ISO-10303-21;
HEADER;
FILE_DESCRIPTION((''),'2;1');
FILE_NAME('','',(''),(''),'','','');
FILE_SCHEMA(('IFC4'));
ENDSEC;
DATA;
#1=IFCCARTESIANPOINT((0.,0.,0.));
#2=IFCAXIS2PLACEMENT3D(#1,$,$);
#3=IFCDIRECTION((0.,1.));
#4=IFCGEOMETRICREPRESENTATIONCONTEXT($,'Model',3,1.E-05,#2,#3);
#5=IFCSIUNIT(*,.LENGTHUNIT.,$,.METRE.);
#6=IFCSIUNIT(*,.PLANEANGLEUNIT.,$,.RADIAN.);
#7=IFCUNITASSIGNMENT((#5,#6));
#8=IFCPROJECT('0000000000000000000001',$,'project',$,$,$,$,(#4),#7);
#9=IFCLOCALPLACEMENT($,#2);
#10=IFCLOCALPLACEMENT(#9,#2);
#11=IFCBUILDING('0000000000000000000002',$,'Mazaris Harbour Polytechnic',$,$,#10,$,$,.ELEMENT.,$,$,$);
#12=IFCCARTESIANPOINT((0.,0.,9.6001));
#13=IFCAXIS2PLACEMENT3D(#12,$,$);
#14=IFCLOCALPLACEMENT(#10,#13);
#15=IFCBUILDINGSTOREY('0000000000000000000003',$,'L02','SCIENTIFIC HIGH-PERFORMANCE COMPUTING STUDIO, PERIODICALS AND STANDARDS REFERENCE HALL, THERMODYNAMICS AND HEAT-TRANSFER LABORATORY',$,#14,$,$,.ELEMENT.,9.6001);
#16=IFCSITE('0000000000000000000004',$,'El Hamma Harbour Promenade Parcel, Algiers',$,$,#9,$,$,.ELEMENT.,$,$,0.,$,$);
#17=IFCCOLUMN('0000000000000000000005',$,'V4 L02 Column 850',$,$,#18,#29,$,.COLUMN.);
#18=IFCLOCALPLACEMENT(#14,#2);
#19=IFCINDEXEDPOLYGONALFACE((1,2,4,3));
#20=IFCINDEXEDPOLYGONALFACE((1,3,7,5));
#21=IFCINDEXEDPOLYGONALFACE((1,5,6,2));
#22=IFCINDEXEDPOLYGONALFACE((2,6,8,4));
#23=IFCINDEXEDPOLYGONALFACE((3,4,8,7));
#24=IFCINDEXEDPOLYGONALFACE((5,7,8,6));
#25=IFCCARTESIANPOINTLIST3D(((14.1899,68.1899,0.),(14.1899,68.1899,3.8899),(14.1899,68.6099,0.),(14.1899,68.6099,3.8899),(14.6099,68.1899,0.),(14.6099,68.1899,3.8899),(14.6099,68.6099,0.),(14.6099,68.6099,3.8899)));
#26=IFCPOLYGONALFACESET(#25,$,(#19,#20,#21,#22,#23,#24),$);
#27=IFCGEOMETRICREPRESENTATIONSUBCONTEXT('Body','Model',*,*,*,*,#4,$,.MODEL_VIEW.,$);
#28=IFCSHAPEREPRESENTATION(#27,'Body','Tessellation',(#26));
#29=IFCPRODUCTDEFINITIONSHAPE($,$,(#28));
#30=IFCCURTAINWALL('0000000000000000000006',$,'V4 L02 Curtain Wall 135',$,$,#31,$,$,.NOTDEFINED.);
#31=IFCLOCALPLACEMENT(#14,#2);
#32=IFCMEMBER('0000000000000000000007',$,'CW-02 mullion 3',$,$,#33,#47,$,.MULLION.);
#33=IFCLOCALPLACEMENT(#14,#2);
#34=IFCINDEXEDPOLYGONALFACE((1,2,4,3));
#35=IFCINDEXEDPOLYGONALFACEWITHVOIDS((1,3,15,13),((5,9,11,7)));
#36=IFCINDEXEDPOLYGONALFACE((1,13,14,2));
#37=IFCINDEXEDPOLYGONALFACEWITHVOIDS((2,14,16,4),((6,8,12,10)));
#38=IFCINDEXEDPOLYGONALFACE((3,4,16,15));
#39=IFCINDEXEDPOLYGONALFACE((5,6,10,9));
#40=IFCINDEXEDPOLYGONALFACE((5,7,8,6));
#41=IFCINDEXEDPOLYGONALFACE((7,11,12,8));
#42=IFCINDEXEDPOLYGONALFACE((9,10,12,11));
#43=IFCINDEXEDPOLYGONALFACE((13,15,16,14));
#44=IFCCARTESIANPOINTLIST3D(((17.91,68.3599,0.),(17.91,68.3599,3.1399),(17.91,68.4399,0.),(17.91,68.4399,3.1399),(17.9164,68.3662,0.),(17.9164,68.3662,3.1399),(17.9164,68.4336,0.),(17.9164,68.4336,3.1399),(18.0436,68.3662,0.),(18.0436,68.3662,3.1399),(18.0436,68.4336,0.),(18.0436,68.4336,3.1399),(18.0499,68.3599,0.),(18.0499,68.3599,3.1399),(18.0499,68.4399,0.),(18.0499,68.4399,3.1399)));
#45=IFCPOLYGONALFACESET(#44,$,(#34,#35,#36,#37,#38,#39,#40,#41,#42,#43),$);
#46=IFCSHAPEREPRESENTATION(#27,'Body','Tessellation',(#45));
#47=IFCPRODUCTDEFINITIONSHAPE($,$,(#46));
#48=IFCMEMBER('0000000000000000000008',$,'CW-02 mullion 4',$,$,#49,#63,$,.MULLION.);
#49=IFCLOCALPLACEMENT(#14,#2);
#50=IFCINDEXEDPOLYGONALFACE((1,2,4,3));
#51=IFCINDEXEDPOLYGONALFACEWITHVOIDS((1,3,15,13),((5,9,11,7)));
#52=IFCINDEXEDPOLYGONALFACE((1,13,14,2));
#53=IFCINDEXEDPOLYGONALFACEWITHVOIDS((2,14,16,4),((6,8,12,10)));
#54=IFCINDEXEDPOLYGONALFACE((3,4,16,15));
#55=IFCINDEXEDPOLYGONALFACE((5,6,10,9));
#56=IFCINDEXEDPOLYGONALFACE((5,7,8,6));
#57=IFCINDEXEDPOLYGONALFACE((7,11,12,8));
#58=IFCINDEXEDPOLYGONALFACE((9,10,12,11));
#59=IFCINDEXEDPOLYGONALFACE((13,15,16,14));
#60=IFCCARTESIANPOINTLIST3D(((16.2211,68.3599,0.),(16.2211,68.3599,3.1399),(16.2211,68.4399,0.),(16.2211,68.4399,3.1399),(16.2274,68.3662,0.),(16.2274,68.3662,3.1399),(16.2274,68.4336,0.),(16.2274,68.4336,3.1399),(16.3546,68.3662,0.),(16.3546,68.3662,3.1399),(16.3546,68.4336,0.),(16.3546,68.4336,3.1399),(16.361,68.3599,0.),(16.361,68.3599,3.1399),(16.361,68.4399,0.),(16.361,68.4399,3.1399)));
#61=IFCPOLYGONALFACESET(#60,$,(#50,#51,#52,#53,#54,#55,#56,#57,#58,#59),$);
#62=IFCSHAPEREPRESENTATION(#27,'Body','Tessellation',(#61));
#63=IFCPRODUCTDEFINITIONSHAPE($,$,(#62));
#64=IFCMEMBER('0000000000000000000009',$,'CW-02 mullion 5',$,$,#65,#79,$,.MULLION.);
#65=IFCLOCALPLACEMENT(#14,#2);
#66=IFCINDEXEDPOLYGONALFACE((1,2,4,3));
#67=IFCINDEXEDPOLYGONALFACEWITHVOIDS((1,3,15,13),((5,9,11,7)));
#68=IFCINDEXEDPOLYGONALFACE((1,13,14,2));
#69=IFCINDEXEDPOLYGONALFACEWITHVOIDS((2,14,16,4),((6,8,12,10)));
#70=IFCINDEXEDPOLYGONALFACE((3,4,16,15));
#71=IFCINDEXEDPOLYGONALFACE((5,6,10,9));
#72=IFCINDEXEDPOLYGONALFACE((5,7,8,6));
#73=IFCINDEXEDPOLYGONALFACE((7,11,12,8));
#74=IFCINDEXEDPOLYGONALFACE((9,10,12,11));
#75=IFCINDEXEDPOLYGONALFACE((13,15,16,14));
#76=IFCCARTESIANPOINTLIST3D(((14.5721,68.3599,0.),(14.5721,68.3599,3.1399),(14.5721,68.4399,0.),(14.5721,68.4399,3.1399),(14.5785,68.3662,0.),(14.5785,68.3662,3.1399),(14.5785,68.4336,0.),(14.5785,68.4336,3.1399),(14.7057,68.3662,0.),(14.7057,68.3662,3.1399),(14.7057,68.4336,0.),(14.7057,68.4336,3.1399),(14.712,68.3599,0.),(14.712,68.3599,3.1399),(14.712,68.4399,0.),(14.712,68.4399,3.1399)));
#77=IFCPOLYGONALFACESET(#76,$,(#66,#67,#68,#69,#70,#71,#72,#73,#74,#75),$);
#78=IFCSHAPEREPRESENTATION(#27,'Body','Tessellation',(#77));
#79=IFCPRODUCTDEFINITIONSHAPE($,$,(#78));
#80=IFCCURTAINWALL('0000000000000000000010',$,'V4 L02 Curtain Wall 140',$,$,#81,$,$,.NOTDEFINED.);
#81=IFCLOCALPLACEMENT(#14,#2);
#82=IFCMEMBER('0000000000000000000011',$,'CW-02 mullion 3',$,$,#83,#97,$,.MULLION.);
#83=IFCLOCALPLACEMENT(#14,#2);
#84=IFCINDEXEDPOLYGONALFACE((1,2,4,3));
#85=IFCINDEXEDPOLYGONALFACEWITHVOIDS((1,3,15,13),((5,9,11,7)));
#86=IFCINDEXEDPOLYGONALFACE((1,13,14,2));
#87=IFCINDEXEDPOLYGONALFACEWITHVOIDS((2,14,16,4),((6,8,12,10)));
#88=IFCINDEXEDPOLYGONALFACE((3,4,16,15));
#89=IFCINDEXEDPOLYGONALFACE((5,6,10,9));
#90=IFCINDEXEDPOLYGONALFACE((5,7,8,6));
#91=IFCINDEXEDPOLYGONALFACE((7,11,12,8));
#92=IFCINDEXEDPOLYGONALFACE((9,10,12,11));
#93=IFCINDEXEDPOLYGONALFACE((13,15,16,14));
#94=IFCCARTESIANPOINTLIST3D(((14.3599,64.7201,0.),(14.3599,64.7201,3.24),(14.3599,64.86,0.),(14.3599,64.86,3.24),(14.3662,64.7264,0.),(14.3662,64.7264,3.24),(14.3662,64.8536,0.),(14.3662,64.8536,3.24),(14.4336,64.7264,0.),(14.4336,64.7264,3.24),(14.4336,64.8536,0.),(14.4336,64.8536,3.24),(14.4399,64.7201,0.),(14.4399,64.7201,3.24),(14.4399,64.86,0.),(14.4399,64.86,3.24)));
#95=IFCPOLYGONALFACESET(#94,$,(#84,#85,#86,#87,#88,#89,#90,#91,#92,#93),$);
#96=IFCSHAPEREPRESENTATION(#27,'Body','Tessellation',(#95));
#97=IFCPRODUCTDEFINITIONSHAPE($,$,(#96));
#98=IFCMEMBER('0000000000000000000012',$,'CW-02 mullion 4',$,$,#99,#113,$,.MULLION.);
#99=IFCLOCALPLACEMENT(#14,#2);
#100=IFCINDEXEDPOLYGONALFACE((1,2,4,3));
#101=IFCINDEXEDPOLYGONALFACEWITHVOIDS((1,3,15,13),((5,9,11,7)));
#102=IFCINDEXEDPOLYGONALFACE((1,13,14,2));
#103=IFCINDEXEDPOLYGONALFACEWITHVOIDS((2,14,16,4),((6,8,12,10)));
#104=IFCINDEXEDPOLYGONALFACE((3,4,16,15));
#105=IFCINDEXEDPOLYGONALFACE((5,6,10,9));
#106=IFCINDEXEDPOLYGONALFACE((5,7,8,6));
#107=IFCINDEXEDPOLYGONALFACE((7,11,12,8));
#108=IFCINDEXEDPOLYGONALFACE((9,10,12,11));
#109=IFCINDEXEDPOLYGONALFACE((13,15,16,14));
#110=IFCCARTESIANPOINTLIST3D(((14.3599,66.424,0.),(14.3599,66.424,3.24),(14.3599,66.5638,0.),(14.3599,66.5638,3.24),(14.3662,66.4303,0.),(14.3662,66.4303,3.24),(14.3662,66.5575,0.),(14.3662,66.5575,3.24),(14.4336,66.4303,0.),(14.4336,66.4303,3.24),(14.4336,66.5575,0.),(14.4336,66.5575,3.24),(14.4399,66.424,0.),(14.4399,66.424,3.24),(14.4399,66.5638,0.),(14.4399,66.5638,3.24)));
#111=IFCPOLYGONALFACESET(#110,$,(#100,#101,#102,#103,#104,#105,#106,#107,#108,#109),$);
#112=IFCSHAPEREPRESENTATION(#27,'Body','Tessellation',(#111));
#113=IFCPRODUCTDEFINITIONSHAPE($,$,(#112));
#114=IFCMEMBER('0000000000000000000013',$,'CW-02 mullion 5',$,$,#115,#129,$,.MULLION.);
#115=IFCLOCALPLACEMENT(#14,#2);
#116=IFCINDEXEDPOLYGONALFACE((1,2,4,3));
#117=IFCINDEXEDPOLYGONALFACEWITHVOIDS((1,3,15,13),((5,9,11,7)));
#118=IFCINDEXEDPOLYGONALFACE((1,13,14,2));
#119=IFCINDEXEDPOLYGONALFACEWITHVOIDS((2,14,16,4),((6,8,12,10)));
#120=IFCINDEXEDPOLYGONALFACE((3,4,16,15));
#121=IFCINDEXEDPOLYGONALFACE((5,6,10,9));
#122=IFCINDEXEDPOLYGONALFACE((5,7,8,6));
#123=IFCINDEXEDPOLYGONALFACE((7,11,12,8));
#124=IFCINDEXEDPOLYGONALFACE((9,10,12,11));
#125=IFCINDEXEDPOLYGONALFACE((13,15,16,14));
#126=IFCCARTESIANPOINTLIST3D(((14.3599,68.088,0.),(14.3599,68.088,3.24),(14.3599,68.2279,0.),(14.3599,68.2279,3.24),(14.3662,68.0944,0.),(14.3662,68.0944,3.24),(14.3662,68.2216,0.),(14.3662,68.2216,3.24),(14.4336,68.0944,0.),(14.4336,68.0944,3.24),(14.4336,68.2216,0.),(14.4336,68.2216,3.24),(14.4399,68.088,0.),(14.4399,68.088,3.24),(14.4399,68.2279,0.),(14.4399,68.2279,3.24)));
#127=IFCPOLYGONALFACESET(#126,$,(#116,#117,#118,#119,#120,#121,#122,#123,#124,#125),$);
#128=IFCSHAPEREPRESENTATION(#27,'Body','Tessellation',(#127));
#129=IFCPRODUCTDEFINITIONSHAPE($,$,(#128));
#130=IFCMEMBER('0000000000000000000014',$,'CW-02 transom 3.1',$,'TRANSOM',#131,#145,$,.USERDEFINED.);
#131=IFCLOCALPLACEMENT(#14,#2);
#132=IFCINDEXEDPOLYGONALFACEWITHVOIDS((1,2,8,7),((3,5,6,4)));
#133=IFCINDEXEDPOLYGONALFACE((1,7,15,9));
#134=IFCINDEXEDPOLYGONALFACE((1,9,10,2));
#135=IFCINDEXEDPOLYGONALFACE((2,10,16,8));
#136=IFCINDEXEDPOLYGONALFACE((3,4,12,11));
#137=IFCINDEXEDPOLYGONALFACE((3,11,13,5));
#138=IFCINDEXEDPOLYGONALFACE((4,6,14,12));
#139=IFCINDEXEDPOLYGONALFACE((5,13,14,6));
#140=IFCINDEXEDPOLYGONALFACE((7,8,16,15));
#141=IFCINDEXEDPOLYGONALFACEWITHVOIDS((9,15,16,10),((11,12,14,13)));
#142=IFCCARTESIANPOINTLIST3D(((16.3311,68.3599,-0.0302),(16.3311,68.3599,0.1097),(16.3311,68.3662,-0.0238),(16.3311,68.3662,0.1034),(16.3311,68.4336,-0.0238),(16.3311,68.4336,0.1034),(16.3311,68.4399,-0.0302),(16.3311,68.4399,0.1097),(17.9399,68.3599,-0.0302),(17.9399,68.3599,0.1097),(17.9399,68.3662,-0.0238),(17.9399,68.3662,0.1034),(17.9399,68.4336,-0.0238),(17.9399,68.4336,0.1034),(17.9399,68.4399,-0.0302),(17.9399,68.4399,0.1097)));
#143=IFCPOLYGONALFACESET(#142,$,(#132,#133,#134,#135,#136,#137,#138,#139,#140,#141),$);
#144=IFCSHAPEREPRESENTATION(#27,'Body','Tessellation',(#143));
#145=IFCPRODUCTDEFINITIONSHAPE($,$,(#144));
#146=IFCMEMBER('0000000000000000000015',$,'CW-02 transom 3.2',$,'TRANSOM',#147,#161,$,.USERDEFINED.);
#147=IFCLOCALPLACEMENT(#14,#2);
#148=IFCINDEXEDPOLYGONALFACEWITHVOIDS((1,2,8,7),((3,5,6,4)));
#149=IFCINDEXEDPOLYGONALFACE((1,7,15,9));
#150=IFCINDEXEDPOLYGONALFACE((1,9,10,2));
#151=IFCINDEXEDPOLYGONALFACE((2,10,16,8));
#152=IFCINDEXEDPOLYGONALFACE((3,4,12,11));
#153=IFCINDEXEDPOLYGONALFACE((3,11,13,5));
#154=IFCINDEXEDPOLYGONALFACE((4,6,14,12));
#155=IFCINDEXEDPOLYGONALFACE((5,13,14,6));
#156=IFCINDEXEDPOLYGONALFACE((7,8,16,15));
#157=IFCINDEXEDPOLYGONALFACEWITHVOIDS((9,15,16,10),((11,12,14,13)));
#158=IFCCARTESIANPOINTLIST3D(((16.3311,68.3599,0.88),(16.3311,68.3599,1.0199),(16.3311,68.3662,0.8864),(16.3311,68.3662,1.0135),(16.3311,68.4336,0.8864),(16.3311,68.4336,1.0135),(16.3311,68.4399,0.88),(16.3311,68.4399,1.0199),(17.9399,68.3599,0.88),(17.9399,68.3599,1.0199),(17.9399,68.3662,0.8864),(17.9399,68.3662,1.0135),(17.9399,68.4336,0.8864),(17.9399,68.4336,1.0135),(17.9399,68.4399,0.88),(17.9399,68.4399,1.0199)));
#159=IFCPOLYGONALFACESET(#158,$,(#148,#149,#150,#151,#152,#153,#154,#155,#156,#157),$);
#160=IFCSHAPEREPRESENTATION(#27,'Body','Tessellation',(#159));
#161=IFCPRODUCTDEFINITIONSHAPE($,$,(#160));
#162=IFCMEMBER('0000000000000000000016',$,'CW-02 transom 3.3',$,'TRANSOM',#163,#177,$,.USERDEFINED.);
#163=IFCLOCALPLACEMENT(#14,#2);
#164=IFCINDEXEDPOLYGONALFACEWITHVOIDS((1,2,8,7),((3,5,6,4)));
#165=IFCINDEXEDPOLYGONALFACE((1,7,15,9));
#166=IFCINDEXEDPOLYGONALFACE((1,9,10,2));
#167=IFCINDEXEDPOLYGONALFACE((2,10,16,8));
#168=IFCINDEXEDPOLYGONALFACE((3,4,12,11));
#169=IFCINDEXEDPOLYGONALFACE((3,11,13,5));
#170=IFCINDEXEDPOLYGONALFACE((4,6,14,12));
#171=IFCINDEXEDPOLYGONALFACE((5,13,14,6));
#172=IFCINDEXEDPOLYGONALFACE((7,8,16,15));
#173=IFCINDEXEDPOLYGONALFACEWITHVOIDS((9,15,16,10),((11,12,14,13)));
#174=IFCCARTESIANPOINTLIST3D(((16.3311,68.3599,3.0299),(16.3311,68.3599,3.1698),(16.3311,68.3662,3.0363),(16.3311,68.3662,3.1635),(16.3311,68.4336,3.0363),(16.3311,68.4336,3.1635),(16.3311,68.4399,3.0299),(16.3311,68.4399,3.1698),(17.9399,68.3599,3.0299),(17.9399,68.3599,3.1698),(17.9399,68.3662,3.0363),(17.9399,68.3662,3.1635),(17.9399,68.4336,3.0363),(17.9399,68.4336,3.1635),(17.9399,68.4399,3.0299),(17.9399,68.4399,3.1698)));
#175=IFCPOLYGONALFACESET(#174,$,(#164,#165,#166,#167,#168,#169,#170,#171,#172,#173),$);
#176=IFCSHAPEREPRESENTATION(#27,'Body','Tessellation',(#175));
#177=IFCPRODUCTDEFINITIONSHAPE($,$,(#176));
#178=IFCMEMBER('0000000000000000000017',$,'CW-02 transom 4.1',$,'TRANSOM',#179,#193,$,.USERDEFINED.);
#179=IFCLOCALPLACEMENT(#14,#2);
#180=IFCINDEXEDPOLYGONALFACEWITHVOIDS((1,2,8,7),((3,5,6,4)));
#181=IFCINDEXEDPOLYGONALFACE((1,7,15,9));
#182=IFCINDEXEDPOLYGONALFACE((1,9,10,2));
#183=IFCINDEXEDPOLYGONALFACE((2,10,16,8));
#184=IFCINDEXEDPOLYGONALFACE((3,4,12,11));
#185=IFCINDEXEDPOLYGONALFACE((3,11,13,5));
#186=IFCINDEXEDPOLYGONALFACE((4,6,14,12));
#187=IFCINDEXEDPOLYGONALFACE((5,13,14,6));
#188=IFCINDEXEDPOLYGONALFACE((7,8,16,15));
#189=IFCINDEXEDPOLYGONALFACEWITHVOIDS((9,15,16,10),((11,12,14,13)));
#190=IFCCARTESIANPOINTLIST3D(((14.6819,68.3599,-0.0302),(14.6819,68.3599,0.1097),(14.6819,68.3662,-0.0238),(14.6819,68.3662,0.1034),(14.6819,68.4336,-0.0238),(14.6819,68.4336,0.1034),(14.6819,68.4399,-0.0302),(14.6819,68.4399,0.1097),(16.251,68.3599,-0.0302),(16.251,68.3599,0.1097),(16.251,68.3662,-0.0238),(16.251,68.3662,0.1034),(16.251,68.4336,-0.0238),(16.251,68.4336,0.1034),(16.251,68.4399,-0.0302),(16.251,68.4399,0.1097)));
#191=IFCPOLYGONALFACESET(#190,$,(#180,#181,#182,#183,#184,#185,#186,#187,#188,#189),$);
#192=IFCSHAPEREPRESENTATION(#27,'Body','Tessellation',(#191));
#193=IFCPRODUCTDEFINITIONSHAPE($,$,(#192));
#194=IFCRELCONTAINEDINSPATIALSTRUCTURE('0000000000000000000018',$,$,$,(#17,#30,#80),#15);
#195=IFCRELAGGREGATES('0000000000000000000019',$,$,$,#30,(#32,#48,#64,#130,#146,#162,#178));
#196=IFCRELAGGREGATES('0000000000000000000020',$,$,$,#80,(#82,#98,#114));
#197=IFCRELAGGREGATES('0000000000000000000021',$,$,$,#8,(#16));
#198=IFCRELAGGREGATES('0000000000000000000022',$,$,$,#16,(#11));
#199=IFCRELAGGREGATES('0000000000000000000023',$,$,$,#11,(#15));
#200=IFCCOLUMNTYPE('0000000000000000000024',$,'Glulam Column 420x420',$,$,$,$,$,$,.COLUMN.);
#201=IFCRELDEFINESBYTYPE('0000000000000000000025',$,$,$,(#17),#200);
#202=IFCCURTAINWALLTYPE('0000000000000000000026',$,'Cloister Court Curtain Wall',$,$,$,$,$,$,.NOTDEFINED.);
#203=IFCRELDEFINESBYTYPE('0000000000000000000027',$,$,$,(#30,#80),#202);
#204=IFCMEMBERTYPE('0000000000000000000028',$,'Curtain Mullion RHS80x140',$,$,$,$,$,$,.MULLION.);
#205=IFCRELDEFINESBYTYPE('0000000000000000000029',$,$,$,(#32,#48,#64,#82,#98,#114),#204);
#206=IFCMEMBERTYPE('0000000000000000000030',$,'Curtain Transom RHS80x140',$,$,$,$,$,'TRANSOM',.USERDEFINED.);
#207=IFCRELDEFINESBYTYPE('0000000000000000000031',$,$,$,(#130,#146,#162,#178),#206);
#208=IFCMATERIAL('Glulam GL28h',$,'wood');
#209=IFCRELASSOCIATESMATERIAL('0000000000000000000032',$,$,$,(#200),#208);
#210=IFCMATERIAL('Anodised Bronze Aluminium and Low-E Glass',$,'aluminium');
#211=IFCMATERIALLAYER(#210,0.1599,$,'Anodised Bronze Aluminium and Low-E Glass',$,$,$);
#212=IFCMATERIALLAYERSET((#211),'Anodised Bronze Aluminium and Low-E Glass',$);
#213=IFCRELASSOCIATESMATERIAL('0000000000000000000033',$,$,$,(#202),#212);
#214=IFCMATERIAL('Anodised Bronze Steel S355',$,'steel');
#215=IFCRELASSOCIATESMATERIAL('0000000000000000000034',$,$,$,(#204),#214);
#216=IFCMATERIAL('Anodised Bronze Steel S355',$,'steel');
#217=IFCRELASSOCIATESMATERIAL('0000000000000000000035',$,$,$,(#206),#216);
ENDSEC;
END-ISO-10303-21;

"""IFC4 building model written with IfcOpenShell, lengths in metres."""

from ifc_helpers import new_model, si_unit, direction, frame, origin, origin_2d, place, context, subcontext, project, spatial, rectangle, hollow_rectangle, extrude, material, layer, layer_set, material_profile, profile_set, type_object, element, aggregate, save


model = new_model("IFC4")

# Units and contexts
model_context = context("Model", 3, precision=1e-05, world=origin(), true_north=direction((0.0, 1.0)))
body_context = subcontext(model_context, "Body", "Model", "MODEL_VIEW")
ifc_project = project(units=[si_unit("LENGTHUNIT", "METRE"), si_unit("PLANEANGLEUNIT", "RADIAN")], contexts=[model_context])

# Site, building, storey
site_placement = place(None, origin())
site = spatial("IfcSite", under=ifc_project, at=site_placement, Name="El Hamma Harbour Promenade Parcel, Algiers", CompositionType="ELEMENT", RefElevation=0.0)
building_placement = place(site_placement, origin())
building = spatial("IfcBuilding", under=site, at=building_placement, Name="Mazaris Harbour Polytechnic", CompositionType="ELEMENT")
storey_placement = place(building_placement, frame((0.0, 0.0, 9.6001)))
storey = spatial("IfcBuildingStorey", under=building, at=storey_placement, Name="L02", Description="SCIENTIFIC HIGH-PERFORMANCE COMPUTING STUDIO, PERIODICALS AND STANDARDS REFERENCE HALL, THERMODYNAMICS AND HEAT-TRANSFER LABORATORY", CompositionType="ELEMENT", Elevation=9.6001)

# Column
ifc_material_1 = material(Name="Glulam GL28h", Category="wood")
ifc_material_profile_1 = material_profile(ifc_material_1, rectangle(XDim=0.4199, YDim=0.4199, at=origin_2d()), Name="RECT420x420")
ifc_profile_set_1 = profile_set([ifc_material_profile_1], Name="Glulam GL28h")
column_type = type_object("IfcColumnType", Name="Glulam Column 420x420", PredefinedType="COLUMN", material=ifc_profile_set_1)
column_placement = place(storey_placement, frame((14.3999, 68.3999, 0.0), z_axis=(0.0, 0.0, 1.0), x_axis=(1.0, 0.0, 0.0)))
element("IfcColumn", 1, at=column_placement, inside=storey, type_object=column_type, Name="V4 L02 Column 850", PredefinedType="COLUMN", context=body_context, shape_type="SweptSolid", body=[
    extrude(rectangle(XDim=0.4199, YDim=0.4199, at=origin_2d()), origin(), (0.0, 0.0, 1.0), 3.8899),
])

# Curtain walls, members
ifc_material_2 = material(Name="Anodised Bronze Aluminium and Low-E Glass", Category="aluminium")
ifc_layer_1 = layer(ifc_material_2, 0.1599, Name="Anodised Bronze Aluminium and Low-E Glass")
ifc_layer_set_1 = layer_set([ifc_layer_1], Name="Anodised Bronze Aluminium and Low-E Glass")
curtain_wall_type = type_object("IfcCurtainWallType", Name="Cloister Court Curtain Wall", PredefinedType="NOTDEFINED", material=ifc_layer_set_1)
curtain_wall_1_placement = place(storey_placement, origin())
curtain_wall_1 = element("IfcCurtainWall", 2, at=curtain_wall_1_placement, inside=storey, type_object=curtain_wall_type, Name="V4 L02 Curtain Wall 135", PredefinedType="NOTDEFINED")
ifc_material_3 = material(Name="Anodised Bronze Steel S355", Category="steel")
ifc_material_profile_2 = material_profile(ifc_material_3, hollow_rectangle(XDim=0.0801, YDim=0.1399, WallThickness=0.0063, at=origin_2d()), Name="RHS 80x140x6.3")
ifc_profile_set_2 = profile_set([ifc_material_profile_2], Name="Anodised Bronze Steel S355")
member_type_1 = type_object("IfcMemberType", Name="Curtain Mullion RHS80x140", PredefinedType="MULLION", material=ifc_profile_set_2)
member_1_placement = place(storey_placement, frame((17.98, 68.3999, 0.0), z_axis=(0.0, 0.0, 1.0), x_axis=(0.0, -1.0, 0.0)))
member_1 = element("IfcMember", 3, at=member_1_placement, type_object=member_type_1, Name="CW-02 mullion 3", PredefinedType="MULLION", context=body_context, shape_type="SweptSolid", body=[
    extrude(hollow_rectangle(XDim=0.0801, YDim=0.1399, WallThickness=0.0063, at=origin_2d()), origin(), (0.0, 0.0, 1.0), 3.1399),
])
member_2_placement = place(storey_placement, frame((16.291, 68.3999, 0.0), z_axis=(0.0, 0.0, 1.0), x_axis=(0.0, -1.0, 0.0)))
member_2 = element("IfcMember", 4, at=member_2_placement, type_object=member_type_1, Name="CW-02 mullion 4", PredefinedType="MULLION", context=body_context, shape_type="SweptSolid", body=[
    extrude(hollow_rectangle(XDim=0.0801, YDim=0.1399, WallThickness=0.0063, at=origin_2d()), origin(), (0.0, 0.0, 1.0), 3.1399),
])
member_3_placement = place(storey_placement, frame((14.6421, 68.3999, 0.0), z_axis=(0.0, 0.0, 1.0), x_axis=(0.0, -1.0, 0.0)))
member_3 = element("IfcMember", 5, at=member_3_placement, type_object=member_type_1, Name="CW-02 mullion 5", PredefinedType="MULLION", context=body_context, shape_type="SweptSolid", body=[
    extrude(hollow_rectangle(XDim=0.0801, YDim=0.1399, WallThickness=0.0063, at=origin_2d()), origin(), (0.0, 0.0, 1.0), 3.1399),
])
curtain_wall_2_placement = place(storey_placement, origin())
curtain_wall_2 = element("IfcCurtainWall", 6, at=curtain_wall_2_placement, inside=storey, type_object=curtain_wall_type, Name="V4 L02 Curtain Wall 140", PredefinedType="NOTDEFINED")
member_4_placement = place(storey_placement, frame((14.3999, 64.79, 0.0), z_axis=(0.0, 0.0, 1.0), x_axis=(-1.0, 0.0, 0.0)))
member_4 = element("IfcMember", 7, at=member_4_placement, type_object=member_type_1, Name="CW-02 mullion 3", PredefinedType="MULLION", context=body_context, shape_type="SweptSolid", body=[
    extrude(hollow_rectangle(XDim=0.0801, YDim=0.1399, WallThickness=0.0063, at=origin_2d()), origin(), (0.0, 0.0, 1.0), 3.24),
])
member_5_placement = place(storey_placement, frame((14.3999, 66.4939, 0.0), z_axis=(0.0, 0.0, 1.0), x_axis=(-1.0, 0.0, 0.0)))
member_5 = element("IfcMember", 8, at=member_5_placement, type_object=member_type_1, Name="CW-02 mullion 4", PredefinedType="MULLION", context=body_context, shape_type="SweptSolid", body=[
    extrude(hollow_rectangle(XDim=0.0801, YDim=0.1399, WallThickness=0.0063, at=origin_2d()), origin(), (0.0, 0.0, 1.0), 3.24),
])
member_6_placement = place(storey_placement, frame((14.3999, 68.158, 0.0), z_axis=(0.0, 0.0, 1.0), x_axis=(-1.0, 0.0, 0.0)))
member_6 = element("IfcMember", 9, at=member_6_placement, type_object=member_type_1, Name="CW-02 mullion 5", PredefinedType="MULLION", context=body_context, shape_type="SweptSolid", body=[
    extrude(hollow_rectangle(XDim=0.0801, YDim=0.1399, WallThickness=0.0063, at=origin_2d()), origin(), (0.0, 0.0, 1.0), 3.24),
])

# Members
ifc_material_4 = material(Name="Anodised Bronze Steel S355", Category="steel")
ifc_material_profile_3 = material_profile(ifc_material_4, hollow_rectangle(XDim=0.0801, YDim=0.1399, WallThickness=0.0063, at=origin_2d()), Name="RHS 80x140x6.3")
ifc_profile_set_3 = profile_set([ifc_material_profile_3], Name="Anodised Bronze Steel S355")
member_type_2 = type_object("IfcMemberType", Name="Curtain Transom RHS80x140", ElementType="TRANSOM", PredefinedType="USERDEFINED", material=ifc_profile_set_3)
member_7_placement = place(storey_placement, frame((17.9399, 68.3999, 0.0398), z_axis=(-1.0, 0.0, 0.0), x_axis=(0.0, -1.0, 0.0)))
member_7 = element("IfcMember", 10, at=member_7_placement, type_object=member_type_2, Name="CW-02 transom 3.1", ObjectType="TRANSOM", PredefinedType="USERDEFINED", context=body_context, shape_type="SweptSolid", body=[
    extrude(hollow_rectangle(XDim=0.0801, YDim=0.1399, WallThickness=0.0063, at=origin_2d()), origin(), (0.0, 0.0, 1.0), 1.6089),
])
member_8_placement = place(storey_placement, frame((17.9399, 68.3999, 0.95), z_axis=(-1.0, 0.0, 0.0), x_axis=(0.0, -1.0, 0.0)))
member_8 = element("IfcMember", 11, at=member_8_placement, type_object=member_type_2, Name="CW-02 transom 3.2", ObjectType="TRANSOM", PredefinedType="USERDEFINED", context=body_context, shape_type="SweptSolid", body=[
    extrude(hollow_rectangle(XDim=0.0801, YDim=0.1399, WallThickness=0.0063, at=origin_2d()), origin(), (0.0, 0.0, 1.0), 1.6089),
])
member_9_placement = place(storey_placement, frame((17.9399, 68.3999, 3.0999), z_axis=(-1.0, 0.0, 0.0), x_axis=(0.0, -1.0, 0.0)))
member_9 = element("IfcMember", 12, at=member_9_placement, type_object=member_type_2, Name="CW-02 transom 3.3", ObjectType="TRANSOM", PredefinedType="USERDEFINED", context=body_context, shape_type="SweptSolid", body=[
    extrude(hollow_rectangle(XDim=0.0801, YDim=0.1399, WallThickness=0.0063, at=origin_2d()), origin(), (0.0, 0.0, 1.0), 1.6089),
])
member_10_placement = place(storey_placement, frame((16.251, 68.3999, 0.0398), z_axis=(-1.0, 0.0, 0.0), x_axis=(0.0, -1.0, 0.0)))
member_10 = element("IfcMember", 13, at=member_10_placement, type_object=member_type_2, Name="CW-02 transom 4.1", ObjectType="TRANSOM", PredefinedType="USERDEFINED", context=body_context, shape_type="SweptSolid", body=[
    extrude(hollow_rectangle(XDim=0.0801, YDim=0.1399, WallThickness=0.0063, at=origin_2d()), origin(), (0.0, 0.0, 1.0), 1.5691),
])

aggregate(curtain_wall_1, [member_1, member_2, member_3, member_7, member_8, member_9, member_10])
aggregate(curtain_wall_2, [member_4, member_5, member_6])

save(model, "model.ifc")
